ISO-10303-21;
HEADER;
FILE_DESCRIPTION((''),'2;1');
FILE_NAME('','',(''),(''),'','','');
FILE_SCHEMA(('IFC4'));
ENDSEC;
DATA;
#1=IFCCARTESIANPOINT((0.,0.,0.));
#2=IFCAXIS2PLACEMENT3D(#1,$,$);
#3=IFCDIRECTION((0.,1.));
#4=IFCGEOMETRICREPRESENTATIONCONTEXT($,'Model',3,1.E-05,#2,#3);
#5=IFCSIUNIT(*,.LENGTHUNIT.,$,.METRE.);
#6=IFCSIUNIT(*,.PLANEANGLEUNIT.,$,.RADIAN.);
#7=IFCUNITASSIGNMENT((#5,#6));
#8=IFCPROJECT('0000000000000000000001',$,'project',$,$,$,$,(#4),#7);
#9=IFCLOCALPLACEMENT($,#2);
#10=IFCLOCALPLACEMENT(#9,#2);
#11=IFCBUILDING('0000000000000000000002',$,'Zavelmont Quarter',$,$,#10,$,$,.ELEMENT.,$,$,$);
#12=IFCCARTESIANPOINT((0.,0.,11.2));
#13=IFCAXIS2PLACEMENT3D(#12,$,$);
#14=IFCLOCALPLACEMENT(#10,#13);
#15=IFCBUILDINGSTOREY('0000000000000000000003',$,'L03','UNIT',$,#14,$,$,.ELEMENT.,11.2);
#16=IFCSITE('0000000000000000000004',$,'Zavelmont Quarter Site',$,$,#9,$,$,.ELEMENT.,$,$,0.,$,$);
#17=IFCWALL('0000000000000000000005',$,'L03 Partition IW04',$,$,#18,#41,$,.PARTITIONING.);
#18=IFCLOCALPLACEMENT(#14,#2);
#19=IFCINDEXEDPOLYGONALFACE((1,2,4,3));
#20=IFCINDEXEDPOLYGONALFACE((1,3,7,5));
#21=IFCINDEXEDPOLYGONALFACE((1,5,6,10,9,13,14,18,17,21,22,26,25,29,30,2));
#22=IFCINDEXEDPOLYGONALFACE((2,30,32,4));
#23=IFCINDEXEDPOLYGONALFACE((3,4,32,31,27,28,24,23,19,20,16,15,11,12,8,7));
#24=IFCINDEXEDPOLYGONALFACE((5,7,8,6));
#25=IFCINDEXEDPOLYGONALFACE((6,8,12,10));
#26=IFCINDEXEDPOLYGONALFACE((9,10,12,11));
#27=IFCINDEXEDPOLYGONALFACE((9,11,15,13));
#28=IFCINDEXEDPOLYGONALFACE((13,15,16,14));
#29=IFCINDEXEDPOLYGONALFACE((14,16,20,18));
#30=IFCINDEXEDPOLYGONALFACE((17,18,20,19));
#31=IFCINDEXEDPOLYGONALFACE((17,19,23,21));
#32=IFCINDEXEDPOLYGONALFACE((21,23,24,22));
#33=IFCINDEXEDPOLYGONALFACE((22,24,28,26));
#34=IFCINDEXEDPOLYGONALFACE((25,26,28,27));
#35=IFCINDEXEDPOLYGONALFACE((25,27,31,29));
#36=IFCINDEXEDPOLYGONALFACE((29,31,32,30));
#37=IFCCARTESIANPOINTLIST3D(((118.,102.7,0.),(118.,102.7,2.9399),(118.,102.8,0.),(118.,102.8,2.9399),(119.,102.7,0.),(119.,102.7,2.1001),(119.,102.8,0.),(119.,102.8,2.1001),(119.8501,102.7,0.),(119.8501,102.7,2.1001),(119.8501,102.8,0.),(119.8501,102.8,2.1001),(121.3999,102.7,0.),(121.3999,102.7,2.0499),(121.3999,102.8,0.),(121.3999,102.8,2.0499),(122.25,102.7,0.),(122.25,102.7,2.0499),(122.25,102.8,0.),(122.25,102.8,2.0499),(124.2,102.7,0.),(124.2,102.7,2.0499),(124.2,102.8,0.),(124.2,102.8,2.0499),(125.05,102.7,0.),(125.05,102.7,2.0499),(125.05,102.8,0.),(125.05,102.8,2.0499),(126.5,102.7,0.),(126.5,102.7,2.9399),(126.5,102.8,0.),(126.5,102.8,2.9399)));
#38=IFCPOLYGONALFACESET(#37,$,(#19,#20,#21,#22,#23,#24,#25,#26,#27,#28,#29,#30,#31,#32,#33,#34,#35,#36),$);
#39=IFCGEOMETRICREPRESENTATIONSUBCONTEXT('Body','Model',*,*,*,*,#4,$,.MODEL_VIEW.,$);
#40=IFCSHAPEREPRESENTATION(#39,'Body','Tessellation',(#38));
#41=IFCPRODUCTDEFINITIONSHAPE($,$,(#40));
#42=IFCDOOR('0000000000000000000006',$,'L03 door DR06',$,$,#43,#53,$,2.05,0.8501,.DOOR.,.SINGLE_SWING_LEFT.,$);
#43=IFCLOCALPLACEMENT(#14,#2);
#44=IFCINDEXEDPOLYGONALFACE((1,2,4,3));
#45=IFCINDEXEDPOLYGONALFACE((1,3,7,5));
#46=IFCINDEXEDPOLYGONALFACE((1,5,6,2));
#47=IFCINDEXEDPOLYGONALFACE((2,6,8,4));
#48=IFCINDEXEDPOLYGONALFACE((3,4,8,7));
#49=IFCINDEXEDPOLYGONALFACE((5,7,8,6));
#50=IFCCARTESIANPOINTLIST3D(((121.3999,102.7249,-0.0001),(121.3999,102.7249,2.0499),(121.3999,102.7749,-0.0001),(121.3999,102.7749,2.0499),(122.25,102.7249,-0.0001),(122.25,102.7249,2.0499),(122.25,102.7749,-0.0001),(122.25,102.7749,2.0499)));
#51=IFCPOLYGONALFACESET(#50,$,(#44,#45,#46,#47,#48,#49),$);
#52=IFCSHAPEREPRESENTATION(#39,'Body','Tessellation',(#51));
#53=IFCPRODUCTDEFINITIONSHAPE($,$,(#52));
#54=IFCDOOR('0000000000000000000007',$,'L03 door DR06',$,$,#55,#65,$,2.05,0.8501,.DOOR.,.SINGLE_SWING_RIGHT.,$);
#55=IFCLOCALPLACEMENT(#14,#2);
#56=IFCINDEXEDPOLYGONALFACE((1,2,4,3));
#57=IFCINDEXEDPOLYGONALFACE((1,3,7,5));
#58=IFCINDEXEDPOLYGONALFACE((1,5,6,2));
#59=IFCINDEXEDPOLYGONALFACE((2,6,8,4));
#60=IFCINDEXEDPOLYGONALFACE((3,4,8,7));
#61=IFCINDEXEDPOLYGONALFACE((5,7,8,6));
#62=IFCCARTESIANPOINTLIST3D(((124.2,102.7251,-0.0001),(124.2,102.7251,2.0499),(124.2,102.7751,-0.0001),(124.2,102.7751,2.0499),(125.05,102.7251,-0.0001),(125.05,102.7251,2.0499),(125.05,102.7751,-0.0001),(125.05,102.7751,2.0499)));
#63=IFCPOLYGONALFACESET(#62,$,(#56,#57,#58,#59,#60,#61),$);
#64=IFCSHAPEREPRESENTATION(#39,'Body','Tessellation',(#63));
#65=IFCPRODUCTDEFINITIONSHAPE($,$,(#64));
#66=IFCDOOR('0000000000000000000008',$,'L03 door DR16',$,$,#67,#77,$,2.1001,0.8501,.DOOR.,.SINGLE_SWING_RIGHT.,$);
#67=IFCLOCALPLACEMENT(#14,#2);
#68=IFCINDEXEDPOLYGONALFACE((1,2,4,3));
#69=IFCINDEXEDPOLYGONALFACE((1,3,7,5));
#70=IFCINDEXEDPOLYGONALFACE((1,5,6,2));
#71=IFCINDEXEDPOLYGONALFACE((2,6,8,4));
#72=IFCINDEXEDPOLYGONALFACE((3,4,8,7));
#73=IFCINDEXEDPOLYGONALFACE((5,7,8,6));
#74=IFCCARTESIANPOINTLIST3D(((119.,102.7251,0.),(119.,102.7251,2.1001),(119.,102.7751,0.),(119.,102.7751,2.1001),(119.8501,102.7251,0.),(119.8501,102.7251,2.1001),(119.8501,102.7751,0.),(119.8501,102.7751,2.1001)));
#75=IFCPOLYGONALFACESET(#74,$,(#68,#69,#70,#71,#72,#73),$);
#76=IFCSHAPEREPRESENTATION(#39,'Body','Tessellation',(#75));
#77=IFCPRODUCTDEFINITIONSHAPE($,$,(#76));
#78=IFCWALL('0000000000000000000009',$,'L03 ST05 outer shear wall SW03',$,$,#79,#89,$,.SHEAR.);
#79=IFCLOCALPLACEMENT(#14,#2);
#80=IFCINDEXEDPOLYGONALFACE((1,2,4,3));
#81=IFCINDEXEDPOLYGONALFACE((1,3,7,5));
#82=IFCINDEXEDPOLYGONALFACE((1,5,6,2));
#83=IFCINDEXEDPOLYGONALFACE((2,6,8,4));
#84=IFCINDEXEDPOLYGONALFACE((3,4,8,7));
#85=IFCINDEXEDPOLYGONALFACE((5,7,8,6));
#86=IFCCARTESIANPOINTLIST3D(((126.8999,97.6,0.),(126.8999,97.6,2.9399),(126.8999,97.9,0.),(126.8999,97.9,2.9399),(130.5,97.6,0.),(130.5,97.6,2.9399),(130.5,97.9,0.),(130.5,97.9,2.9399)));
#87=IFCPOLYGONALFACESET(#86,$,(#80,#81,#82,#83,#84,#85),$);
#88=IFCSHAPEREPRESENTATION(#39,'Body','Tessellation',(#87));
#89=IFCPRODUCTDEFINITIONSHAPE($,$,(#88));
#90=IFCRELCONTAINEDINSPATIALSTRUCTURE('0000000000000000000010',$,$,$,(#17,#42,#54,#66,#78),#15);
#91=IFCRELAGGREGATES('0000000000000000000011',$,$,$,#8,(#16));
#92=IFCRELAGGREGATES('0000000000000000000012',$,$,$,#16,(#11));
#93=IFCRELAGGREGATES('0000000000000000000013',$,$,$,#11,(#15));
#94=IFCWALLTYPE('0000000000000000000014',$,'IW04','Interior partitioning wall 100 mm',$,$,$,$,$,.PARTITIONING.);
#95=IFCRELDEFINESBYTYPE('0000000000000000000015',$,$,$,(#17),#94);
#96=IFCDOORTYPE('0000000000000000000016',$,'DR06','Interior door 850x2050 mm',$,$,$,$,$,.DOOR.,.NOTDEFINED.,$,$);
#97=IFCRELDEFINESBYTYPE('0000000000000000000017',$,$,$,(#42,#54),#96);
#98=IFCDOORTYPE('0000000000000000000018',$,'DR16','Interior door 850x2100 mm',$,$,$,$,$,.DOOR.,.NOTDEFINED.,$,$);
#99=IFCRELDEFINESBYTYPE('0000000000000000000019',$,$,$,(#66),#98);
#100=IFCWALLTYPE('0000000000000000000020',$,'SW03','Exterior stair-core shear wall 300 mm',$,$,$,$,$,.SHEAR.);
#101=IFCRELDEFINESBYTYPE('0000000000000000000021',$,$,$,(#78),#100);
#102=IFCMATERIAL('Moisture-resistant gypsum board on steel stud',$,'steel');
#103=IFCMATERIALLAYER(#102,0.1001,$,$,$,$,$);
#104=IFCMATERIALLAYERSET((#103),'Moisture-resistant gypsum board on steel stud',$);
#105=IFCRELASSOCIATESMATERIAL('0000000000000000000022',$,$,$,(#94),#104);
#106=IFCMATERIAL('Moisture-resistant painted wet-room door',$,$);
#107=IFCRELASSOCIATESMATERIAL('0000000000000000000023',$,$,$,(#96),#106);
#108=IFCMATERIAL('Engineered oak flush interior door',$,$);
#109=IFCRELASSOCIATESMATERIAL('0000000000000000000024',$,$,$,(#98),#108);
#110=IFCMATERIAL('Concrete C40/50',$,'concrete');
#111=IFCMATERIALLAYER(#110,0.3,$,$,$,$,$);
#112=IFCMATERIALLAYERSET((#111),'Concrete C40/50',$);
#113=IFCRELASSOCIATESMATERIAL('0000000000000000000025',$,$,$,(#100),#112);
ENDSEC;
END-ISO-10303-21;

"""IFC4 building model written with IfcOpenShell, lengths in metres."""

from ifc_helpers import new_model, si_unit, direction, frame, frame_2d, origin, origin_with_axes, place, context, subcontext, project, spatial, rectangle, extrude, material, layer, layer_set, type_object, element, fill, save


model = new_model("IFC4")

# Units and contexts
model_context = context("Model", 3, precision=1e-05, world=origin(), true_north=direction((0.0, 1.0)))
body_context = subcontext(model_context, "Body", "Model", "MODEL_VIEW")
ifc_project = project(units=[si_unit("LENGTHUNIT", "METRE"), si_unit("PLANEANGLEUNIT", "RADIAN")], contexts=[model_context])

# Site, building, storey
site_placement = place(None, origin())
site = spatial("IfcSite", under=ifc_project, at=site_placement, Name="Zavelmont Quarter Site", CompositionType="ELEMENT", RefElevation=0.0)
building_placement = place(site_placement, origin())
building = spatial("IfcBuilding", under=site, at=building_placement, Name="Zavelmont Quarter", CompositionType="ELEMENT")
storey_placement = place(building_placement, frame((0.0, 0.0, 11.2)))
storey = spatial("IfcBuildingStorey", under=building, at=storey_placement, Name="L03", Description="UNIT", CompositionType="ELEMENT", Elevation=11.2)

# Shared definitions
ifc_material_1 = material(Name="Concrete C40/50", Category="concrete")

# Shared definitions
ifc_material_2 = material(Name="Engineered oak flush interior door")

# Shared definitions
ifc_material_3 = material(Name="Moisture-resistant gypsum board on steel stud", Category="steel")
ifc_layer_1 = layer(ifc_material_3, 0.1001)
ifc_layer_set_1 = layer_set([ifc_layer_1], Name="Moisture-resistant gypsum board on steel stud")
wall_type_1 = type_object("IfcWallType", Name="IW04", Description="Interior partitioning wall 100 mm", PredefinedType="PARTITIONING", material=ifc_layer_set_1)

# Wall, openings, doors
wall_1_placement = place(storey_placement, frame((118.0, 102.75, 0.0), z_axis=(0.0, 0.0, 1.0), x_axis=(1.0, 0.0, 0.0)))
wall_1 = element("IfcWall", 1, at=wall_1_placement, inside=storey, type_object=wall_type_1, Name="L03 Partition IW04", PredefinedType="PARTITIONING", context=body_context, shape_type="SweptSolid", body=[
    extrude(rectangle(XDim=8.5, YDim=0.1001, at=frame_2d((4.25, 0.0))), origin(), (0.0, 0.0, 1.0), 2.9399),
])
opening_1_placement = place(wall_1_placement, frame((1.0, 0.0, 0.0)))
opening_1 = element("IfcOpeningElement", 2, at=opening_1_placement, cuts=wall_1, PredefinedType="OPENING", context=body_context, shape_type="SweptSolid", body=[
    extrude(rectangle(XDim=0.8501, YDim=2.1001, at=frame_2d((0.425, 1.05))), frame((0.0, 0.062, 0.0), z_axis=(0.0, -1.0, 0.0), x_axis=(1.0, 0.0, 0.0)), (0.0, 0.0, 1.0), 0.124),
])
opening_2_placement = place(wall_1_placement, frame((3.3999, 0.0, 0.0)))
opening_2 = element("IfcOpeningElement", 3, at=opening_2_placement, cuts=wall_1, PredefinedType="OPENING", context=body_context, shape_type="SweptSolid", body=[
    extrude(rectangle(XDim=0.8501, YDim=2.05, at=frame_2d((0.425, 1.0249))), frame((0.0, 0.062, 0.0), z_axis=(0.0, -1.0, 0.0), x_axis=(1.0, 0.0, 0.0)), (0.0, 0.0, 1.0), 0.124),
])
opening_3_placement = place(wall_1_placement, frame((6.2, 0.0, 0.0)))
opening_3 = element("IfcOpeningElement", 4, at=opening_3_placement, cuts=wall_1, PredefinedType="OPENING", context=body_context, shape_type="SweptSolid", body=[
    extrude(rectangle(XDim=0.8501, YDim=2.05, at=frame_2d((0.425, 1.0249))), frame((0.0, 0.062, 0.0), z_axis=(0.0, -1.0, 0.0), x_axis=(1.0, 0.0, 0.0)), (0.0, 0.0, 1.0), 0.124),
])
ifc_material_4 = material(Name="Moisture-resistant painted wet-room door")
door_type_1 = type_object("IfcDoorType", Name="DR06", Description="Interior door 850x2050 mm", OperationType="NOTDEFINED", PredefinedType="DOOR", material=ifc_material_4)
door_1_placement = place(opening_2_placement, origin_with_axes())
door_1 = element("IfcDoor", 5, at=door_1_placement, inside=storey, type_object=door_type_1, Name="L03 door DR06", OperationType="SINGLE_SWING_LEFT", OverallHeight=2.05, OverallWidth=0.8501, PredefinedType="DOOR", context=body_context, shape_type="SweptSolid", body=[
    extrude(rectangle(XDim=0.8501, YDim=2.05, at=frame_2d((0.425, 1.0249))), frame((0.0, 0.0249, 0.0), z_axis=(0.0, -1.0, 0.0), x_axis=(1.0, 0.0, 0.0)), (0.0, 0.0, 1.0), 0.05),
])
fill(opening_2, door_1)
door_2_placement = place(opening_3_placement, frame((0.8501, 0.0, 0.0), z_axis=(0.0, 0.0, 1.0), x_axis=(-1.0, 0.0, 0.0)))
door_2 = element("IfcDoor", 6, at=door_2_placement, inside=storey, type_object=door_type_1, Name="L03 door DR06", OperationType="SINGLE_SWING_RIGHT", OverallHeight=2.05, OverallWidth=0.8501, PredefinedType="DOOR", context=body_context, shape_type="SweptSolid", body=[
    extrude(rectangle(XDim=0.8501, YDim=2.05, at=frame_2d((0.425, 1.0249))), frame((0.0, 0.0249, 0.0), z_axis=(0.0, -1.0, 0.0), x_axis=(1.0, 0.0, 0.0)), (0.0, 0.0, 1.0), 0.05),
])
fill(opening_3, door_2)
door_type_2 = type_object("IfcDoorType", Name="DR16", Description="Interior door 850x2100 mm", OperationType="NOTDEFINED", PredefinedType="DOOR", material=ifc_material_2)
door_3_placement = place(opening_1_placement, frame((0.8501, 0.0, 0.0), z_axis=(0.0, 0.0, 1.0), x_axis=(-1.0, 0.0, 0.0)))
door_3 = element("IfcDoor", 7, at=door_3_placement, inside=storey, type_object=door_type_2, Name="L03 door DR16", OperationType="SINGLE_SWING_RIGHT", OverallHeight=2.1001, OverallWidth=0.8501, PredefinedType="DOOR", context=body_context, shape_type="SweptSolid", body=[
    extrude(rectangle(XDim=0.8501, YDim=2.1001, at=frame_2d((0.425, 1.05))), frame((0.0, 0.0249, 0.0), z_axis=(0.0, -1.0, 0.0), x_axis=(1.0, 0.0, 0.0)), (0.0, 0.0, 1.0), 0.05),
])
fill(opening_1, door_3)

# Wall
ifc_layer_2 = layer(ifc_material_1, 0.3)
ifc_layer_set_2 = layer_set([ifc_layer_2], Name="Concrete C40/50")
wall_type_2 = type_object("IfcWallType", Name="SW03", Description="Exterior stair-core shear wall 300 mm", PredefinedType="SHEAR", material=ifc_layer_set_2)
wall_2_placement = place(storey_placement, frame((126.8999, 97.75, 0.0), z_axis=(0.0, 0.0, 1.0), x_axis=(1.0, 0.0, 0.0)))
element("IfcWall", 8, at=wall_2_placement, inside=storey, type_object=wall_type_2, Name="L03 ST05 outer shear wall SW03", PredefinedType="SHEAR", context=body_context, shape_type="SweptSolid", body=[
    extrude(rectangle(XDim=3.6001, YDim=0.3, at=frame_2d((1.8, 0.0))), origin(), (0.0, 0.0, 1.0), 2.9399),
])

save(model, "model.ifc")
